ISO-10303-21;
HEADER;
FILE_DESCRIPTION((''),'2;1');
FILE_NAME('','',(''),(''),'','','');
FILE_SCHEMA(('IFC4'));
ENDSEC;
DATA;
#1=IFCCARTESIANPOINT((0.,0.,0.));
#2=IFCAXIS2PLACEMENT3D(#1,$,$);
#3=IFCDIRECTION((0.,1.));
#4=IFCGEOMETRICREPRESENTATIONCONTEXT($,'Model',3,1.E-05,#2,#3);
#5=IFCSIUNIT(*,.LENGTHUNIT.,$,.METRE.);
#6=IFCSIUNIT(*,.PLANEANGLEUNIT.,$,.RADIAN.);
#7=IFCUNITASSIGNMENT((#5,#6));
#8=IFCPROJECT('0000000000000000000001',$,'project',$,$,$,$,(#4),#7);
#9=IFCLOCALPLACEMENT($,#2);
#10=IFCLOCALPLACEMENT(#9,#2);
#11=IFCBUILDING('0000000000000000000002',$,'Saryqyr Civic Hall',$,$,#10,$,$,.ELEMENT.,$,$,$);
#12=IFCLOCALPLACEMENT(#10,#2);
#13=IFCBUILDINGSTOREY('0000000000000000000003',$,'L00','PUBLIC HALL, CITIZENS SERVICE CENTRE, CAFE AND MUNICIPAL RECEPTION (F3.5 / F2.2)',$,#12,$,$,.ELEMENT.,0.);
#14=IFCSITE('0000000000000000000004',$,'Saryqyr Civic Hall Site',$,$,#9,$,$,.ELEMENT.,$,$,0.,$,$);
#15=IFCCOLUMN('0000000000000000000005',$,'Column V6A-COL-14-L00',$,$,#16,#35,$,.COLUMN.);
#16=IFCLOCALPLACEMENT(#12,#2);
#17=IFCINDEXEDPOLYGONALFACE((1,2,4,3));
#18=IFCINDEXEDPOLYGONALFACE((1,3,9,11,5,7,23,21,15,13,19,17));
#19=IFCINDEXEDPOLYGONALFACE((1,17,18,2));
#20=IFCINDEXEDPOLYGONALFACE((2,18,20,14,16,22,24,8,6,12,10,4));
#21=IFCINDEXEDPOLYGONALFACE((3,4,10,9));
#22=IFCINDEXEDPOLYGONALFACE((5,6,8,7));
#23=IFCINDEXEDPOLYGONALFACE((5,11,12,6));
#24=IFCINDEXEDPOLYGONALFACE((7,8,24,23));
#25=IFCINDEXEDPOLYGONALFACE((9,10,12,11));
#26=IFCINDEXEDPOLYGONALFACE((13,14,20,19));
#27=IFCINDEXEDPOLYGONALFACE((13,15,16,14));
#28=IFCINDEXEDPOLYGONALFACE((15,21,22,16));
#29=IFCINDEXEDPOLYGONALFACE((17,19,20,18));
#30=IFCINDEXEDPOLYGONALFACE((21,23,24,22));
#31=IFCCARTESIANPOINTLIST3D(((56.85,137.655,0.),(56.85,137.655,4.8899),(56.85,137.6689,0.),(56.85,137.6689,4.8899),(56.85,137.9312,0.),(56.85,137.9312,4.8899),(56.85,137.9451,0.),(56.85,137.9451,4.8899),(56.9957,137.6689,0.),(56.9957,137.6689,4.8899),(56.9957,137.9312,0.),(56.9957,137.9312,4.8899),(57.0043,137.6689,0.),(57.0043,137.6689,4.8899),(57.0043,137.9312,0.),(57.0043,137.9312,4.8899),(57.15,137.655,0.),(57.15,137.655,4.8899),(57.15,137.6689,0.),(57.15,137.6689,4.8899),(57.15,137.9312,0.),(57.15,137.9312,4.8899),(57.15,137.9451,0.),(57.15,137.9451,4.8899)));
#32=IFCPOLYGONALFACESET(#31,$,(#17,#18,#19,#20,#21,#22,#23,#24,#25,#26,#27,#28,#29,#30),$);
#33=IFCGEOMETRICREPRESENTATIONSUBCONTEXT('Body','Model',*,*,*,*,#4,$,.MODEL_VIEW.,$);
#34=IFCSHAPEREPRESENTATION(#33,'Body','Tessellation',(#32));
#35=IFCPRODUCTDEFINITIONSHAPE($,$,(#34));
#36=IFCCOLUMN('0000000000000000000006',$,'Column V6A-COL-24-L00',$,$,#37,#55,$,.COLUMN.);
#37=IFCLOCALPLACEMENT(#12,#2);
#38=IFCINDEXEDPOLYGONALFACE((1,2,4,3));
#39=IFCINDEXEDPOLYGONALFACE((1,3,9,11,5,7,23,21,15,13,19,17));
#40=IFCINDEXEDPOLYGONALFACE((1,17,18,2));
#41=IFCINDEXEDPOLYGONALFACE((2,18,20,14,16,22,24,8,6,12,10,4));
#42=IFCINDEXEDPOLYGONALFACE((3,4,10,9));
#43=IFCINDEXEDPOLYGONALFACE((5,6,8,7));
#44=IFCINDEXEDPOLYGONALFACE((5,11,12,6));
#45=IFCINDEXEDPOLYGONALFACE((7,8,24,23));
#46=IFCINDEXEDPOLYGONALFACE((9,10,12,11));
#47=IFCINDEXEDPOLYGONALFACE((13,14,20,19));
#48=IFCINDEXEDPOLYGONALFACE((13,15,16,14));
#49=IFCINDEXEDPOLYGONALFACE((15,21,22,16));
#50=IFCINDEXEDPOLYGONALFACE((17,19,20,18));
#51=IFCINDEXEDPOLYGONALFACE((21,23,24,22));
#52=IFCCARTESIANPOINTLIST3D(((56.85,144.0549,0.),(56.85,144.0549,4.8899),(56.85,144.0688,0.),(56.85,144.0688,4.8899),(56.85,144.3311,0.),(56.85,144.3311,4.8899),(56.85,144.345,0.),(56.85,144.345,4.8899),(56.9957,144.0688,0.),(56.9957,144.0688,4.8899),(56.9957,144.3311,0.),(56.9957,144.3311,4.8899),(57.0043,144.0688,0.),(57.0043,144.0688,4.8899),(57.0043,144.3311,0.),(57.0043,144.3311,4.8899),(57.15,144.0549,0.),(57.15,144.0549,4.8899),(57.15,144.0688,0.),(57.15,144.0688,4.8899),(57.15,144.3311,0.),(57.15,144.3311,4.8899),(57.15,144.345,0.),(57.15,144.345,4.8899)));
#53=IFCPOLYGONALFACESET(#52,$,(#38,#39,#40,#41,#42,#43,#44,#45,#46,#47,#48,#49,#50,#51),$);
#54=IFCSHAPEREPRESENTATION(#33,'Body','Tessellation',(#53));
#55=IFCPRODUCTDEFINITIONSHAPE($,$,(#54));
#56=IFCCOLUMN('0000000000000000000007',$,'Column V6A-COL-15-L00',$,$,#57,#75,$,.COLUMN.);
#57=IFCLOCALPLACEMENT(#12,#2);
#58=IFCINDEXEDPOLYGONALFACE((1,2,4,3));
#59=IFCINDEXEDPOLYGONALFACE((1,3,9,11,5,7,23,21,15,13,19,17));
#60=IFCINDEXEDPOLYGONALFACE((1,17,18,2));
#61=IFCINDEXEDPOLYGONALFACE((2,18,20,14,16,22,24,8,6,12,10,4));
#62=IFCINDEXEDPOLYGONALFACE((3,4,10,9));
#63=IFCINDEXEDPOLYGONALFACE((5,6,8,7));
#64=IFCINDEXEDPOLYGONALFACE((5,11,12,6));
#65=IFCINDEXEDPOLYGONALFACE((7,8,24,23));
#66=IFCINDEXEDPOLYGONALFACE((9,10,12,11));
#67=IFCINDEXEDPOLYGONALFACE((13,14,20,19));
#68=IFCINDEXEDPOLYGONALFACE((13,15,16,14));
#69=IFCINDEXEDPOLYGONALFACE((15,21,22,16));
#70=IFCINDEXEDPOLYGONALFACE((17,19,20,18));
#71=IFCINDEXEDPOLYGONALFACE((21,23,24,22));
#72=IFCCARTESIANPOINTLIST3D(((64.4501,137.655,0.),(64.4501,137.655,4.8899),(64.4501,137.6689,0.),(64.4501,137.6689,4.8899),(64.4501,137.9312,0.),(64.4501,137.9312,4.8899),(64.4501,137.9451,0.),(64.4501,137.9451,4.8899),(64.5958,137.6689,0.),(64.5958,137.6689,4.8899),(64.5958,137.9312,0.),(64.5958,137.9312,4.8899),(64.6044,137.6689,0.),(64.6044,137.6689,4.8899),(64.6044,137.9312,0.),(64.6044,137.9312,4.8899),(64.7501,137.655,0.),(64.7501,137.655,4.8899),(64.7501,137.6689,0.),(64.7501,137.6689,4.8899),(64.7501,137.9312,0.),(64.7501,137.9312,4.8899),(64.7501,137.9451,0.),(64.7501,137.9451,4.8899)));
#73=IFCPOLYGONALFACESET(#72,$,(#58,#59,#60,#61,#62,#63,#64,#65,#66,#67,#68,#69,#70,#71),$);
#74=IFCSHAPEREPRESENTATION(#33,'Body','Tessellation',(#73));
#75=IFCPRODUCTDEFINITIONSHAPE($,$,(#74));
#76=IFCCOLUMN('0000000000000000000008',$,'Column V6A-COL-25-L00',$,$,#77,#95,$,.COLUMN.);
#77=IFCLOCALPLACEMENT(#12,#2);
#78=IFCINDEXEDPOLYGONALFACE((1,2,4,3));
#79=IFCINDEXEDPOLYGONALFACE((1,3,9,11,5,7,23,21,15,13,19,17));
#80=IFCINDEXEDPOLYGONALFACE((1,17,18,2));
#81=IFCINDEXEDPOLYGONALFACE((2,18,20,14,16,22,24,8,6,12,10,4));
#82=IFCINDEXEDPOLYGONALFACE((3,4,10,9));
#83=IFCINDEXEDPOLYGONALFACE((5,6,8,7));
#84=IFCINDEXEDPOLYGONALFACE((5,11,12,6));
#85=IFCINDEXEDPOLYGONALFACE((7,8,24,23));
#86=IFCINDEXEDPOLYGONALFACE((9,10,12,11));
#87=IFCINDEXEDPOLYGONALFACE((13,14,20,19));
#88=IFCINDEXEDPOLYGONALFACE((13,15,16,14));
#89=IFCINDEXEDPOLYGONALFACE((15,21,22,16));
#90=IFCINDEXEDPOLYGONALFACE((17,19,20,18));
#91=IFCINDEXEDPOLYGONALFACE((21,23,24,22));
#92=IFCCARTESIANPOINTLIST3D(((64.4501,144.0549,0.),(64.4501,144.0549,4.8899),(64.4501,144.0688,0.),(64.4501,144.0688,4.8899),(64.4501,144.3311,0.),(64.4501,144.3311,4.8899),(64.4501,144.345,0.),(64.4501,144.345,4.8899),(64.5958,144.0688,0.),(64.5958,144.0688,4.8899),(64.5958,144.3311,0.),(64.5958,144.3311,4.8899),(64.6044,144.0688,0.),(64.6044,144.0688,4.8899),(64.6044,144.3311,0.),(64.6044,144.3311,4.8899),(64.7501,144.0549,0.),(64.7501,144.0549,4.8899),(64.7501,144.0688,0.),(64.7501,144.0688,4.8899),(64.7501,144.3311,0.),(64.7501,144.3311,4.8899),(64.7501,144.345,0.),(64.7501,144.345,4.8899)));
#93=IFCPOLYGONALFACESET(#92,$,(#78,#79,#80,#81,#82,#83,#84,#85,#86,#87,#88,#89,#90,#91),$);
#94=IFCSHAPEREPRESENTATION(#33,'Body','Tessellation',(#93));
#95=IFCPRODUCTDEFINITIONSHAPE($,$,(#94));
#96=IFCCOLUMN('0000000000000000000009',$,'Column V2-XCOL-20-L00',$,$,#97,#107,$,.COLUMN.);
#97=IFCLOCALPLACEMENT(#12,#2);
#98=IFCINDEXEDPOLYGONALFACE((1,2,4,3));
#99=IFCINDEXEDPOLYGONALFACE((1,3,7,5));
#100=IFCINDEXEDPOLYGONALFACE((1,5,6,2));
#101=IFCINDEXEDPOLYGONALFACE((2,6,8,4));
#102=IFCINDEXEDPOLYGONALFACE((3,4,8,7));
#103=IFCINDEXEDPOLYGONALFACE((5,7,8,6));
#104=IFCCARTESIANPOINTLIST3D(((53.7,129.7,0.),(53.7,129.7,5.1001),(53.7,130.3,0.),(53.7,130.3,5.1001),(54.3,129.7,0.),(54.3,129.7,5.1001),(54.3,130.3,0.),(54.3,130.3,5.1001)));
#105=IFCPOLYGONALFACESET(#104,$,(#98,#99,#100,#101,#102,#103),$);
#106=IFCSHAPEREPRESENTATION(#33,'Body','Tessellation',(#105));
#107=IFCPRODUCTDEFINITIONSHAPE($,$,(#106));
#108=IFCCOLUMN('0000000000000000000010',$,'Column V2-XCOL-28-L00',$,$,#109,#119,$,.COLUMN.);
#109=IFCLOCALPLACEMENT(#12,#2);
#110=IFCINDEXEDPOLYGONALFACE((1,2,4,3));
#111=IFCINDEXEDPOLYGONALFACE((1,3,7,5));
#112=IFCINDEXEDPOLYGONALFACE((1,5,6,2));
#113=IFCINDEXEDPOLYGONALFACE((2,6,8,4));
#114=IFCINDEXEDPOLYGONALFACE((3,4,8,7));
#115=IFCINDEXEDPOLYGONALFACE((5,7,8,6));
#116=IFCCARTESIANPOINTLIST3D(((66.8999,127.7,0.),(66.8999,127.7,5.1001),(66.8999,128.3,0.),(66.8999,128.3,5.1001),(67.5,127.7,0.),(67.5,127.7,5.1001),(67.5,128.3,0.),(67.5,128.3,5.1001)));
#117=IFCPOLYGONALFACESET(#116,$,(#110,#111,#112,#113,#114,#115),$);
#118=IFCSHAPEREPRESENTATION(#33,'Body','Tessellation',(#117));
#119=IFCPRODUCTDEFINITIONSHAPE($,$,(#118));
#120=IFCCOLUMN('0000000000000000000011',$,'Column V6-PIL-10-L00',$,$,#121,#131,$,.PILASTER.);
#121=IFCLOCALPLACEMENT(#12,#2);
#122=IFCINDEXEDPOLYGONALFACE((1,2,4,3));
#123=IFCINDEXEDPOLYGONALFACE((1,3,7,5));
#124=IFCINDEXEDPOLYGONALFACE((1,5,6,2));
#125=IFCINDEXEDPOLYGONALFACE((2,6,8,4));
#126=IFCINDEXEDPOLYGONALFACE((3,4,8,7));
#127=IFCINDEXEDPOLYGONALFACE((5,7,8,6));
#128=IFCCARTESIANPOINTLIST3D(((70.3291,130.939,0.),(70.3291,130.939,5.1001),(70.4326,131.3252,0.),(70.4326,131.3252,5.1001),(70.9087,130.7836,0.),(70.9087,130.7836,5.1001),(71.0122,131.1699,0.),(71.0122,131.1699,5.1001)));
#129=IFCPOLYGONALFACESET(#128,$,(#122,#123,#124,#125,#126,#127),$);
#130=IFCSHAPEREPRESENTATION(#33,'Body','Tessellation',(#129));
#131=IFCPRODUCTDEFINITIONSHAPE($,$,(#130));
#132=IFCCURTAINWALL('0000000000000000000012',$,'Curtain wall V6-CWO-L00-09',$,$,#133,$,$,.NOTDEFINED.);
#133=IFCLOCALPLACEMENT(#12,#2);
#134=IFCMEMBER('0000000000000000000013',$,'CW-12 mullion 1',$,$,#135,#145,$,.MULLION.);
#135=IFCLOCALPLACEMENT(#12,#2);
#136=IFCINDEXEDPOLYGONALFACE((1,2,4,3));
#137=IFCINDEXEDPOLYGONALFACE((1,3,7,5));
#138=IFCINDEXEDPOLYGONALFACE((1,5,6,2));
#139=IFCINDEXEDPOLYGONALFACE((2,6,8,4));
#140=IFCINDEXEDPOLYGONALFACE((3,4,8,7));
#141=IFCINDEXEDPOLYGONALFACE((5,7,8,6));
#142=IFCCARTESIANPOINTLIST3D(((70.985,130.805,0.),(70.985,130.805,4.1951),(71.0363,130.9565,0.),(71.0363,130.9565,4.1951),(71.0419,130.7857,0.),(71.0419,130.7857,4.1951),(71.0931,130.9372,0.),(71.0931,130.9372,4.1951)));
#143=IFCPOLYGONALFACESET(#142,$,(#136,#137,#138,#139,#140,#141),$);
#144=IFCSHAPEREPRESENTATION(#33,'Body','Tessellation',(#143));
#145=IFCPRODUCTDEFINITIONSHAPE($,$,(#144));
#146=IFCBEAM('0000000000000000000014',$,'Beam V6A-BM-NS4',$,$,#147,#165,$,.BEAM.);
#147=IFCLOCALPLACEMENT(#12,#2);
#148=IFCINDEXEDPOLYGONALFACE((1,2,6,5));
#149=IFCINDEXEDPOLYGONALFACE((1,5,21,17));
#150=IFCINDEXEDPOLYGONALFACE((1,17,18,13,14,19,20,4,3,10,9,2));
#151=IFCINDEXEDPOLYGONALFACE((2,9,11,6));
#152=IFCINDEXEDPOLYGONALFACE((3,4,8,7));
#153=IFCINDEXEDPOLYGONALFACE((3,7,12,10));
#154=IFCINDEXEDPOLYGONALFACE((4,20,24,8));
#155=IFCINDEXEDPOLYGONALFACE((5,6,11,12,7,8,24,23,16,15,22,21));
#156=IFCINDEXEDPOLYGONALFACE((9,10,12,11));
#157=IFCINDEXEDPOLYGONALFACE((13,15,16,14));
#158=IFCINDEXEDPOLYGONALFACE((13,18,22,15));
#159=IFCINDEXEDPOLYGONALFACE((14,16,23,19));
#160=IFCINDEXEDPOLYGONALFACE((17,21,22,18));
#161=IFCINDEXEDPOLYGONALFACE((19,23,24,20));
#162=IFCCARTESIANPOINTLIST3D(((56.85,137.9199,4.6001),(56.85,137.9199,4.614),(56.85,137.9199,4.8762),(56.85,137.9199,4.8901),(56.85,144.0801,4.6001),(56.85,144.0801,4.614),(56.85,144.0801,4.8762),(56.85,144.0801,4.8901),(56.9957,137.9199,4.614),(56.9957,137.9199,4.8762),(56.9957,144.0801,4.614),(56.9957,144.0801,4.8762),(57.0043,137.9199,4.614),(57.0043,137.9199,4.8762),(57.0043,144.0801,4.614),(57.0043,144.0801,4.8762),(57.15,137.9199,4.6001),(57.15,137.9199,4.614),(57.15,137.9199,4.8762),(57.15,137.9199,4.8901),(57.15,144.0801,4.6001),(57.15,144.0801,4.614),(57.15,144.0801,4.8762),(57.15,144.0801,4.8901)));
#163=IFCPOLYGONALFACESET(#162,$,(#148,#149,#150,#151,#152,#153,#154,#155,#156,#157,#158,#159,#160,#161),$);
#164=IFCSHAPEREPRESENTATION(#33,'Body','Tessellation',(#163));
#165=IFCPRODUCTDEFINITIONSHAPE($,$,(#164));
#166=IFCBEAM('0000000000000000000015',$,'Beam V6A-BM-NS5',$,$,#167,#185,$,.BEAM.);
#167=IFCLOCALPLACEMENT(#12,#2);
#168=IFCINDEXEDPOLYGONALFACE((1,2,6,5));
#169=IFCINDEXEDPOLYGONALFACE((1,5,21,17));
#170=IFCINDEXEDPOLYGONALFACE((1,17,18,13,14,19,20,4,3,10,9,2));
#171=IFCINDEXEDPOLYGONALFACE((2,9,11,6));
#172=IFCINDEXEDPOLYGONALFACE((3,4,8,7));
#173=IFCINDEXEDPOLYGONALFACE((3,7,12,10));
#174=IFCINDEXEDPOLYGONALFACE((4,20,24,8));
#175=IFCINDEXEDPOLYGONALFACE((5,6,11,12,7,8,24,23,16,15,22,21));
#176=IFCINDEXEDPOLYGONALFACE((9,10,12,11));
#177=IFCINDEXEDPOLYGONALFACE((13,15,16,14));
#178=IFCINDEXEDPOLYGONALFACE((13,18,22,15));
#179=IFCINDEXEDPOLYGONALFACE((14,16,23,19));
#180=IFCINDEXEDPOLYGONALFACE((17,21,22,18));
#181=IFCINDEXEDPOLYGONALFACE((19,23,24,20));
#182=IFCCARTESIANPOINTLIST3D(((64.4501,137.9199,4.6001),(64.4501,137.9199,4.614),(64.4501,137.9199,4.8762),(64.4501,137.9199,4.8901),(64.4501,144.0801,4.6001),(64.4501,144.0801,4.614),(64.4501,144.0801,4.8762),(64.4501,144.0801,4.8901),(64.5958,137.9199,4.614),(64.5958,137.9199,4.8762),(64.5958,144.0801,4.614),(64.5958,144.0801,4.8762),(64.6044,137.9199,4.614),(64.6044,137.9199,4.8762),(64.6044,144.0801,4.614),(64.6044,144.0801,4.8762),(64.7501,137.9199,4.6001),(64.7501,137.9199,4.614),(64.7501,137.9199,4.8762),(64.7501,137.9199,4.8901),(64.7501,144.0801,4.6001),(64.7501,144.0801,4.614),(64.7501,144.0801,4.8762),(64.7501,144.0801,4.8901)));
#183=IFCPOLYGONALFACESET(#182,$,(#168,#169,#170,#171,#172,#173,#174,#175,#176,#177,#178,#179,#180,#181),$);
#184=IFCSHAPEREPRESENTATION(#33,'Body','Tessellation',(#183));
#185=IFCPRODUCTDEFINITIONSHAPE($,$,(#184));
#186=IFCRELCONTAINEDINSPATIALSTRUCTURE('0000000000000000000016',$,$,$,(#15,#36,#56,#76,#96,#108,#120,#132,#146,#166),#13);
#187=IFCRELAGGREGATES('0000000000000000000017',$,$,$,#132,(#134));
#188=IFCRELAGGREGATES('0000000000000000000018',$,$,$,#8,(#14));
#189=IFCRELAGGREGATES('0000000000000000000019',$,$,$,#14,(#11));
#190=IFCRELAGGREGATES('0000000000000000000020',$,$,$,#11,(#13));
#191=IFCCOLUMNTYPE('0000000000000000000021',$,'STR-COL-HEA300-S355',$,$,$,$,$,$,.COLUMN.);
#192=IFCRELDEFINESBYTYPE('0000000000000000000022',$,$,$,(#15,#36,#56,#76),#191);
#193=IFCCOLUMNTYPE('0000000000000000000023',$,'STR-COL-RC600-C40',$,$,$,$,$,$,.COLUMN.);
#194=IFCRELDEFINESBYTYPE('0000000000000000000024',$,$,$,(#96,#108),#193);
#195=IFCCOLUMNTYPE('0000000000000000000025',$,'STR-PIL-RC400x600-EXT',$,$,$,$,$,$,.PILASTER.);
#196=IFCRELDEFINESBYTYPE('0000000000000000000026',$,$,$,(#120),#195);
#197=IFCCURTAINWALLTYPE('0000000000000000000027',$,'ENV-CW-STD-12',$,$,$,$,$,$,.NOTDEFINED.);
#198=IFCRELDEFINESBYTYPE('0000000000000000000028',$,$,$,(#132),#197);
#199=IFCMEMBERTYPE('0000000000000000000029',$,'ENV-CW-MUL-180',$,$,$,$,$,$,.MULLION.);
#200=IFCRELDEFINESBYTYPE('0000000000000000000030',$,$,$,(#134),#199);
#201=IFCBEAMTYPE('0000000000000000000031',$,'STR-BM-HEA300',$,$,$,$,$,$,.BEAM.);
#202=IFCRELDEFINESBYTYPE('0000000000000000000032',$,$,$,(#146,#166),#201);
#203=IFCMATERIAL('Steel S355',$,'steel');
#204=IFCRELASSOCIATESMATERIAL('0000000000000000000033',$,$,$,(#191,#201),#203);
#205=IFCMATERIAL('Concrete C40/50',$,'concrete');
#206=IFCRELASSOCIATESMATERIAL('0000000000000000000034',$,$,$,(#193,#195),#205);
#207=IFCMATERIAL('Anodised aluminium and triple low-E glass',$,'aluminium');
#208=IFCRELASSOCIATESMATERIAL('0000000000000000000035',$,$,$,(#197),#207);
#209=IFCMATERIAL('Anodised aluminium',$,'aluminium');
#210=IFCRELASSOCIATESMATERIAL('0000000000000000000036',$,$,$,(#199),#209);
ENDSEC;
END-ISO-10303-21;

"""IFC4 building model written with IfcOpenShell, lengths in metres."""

from ifc_helpers import new_model, si_unit, direction, frame, origin, origin_2d, place, context, subcontext, project, spatial, rectangle, i_section, extrude, material, material_profile, profile_set, type_object, element, aggregate, save


model = new_model("IFC4")

# Units and contexts
model_context = context("Model", 3, precision=1e-05, world=origin(), true_north=direction((0.0, 1.0)))
body_context = subcontext(model_context, "Body", "Model", "MODEL_VIEW")
ifc_project = project(units=[si_unit("LENGTHUNIT", "METRE"), si_unit("PLANEANGLEUNIT", "RADIAN")], contexts=[model_context])

# Site, building, storey
site_placement = place(None, origin())
site = spatial("IfcSite", under=ifc_project, at=site_placement, Name="Saryqyr Civic Hall Site", CompositionType="ELEMENT", RefElevation=0.0)
building_placement = place(site_placement, origin())
building = spatial("IfcBuilding", under=site, at=building_placement, Name="Saryqyr Civic Hall", CompositionType="ELEMENT")
storey_placement = place(building_placement, origin())
storey = spatial("IfcBuildingStorey", under=building, at=storey_placement, Name="L00", Description="PUBLIC HALL, CITIZENS SERVICE CENTRE, CAFE AND MUNICIPAL RECEPTION (F3.5 / F2.2)", CompositionType="ELEMENT", Elevation=0.0)

# Columns
ifc_material_1 = material(Name="Steel S355", Category="steel")
ifc_material_profile_1 = material_profile(ifc_material_1, i_section(OverallWidth=0.3, OverallDepth=0.29, WebThickness=0.0085, FlangeThickness=0.0139, at=origin_2d()), Name="HEA 300")
ifc_profile_set_1 = profile_set([ifc_material_profile_1], Name="Steel S355")
column_type_1 = type_object("IfcColumnType", Name="STR-COL-HEA300-S355", PredefinedType="COLUMN", material=ifc_profile_set_1)
for number, where, z_axis, x_axis, name in (
    (1, (57.0, 137.8, 0.0), (0.0, 0.0, 1.0), (1.0, 0.0, 0.0), "Column V6A-COL-14-L00"),
    (2, (57.0, 144.2, 0.0), (0.0, 0.0, 1.0), (1.0, 0.0, 0.0), "Column V6A-COL-24-L00"),
    (3, (64.6001, 137.8, 0.0), (0.0, 0.0, 1.0), (1.0, 0.0, 0.0), "Column V6A-COL-15-L00"),
    (4, (64.6001, 144.2, 0.0), (0.0, 0.0, 1.0), (1.0, 0.0, 0.0), "Column V6A-COL-25-L00"),
):
    element("IfcColumn", number, at=place(storey_placement, frame(where, z_axis=z_axis, x_axis=x_axis)), inside=storey, type_object=column_type_1, Name=name, PredefinedType="COLUMN", context=body_context, shape_type="SweptSolid", body=[
        extrude(i_section(OverallWidth=0.3, OverallDepth=0.29, WebThickness=0.0085, FlangeThickness=0.0139, at=origin_2d()), origin(), (0.0, 0.0, 1.0), 4.8899),
    ])
ifc_material_2 = material(Name="Concrete C40/50", Category="concrete")
ifc_material_profile_2 = material_profile(ifc_material_2, rectangle(XDim=0.6001, YDim=0.6001, at=origin_2d()), Name="RC 600x600")
ifc_profile_set_2 = profile_set([ifc_material_profile_2], Name="Concrete C40/50")
column_type_2 = type_object("IfcColumnType", Name="STR-COL-RC600-C40", PredefinedType="COLUMN", material=ifc_profile_set_2)
for number, where, z_axis, x_axis, name in (
    (5, (54.0, 130.0, 0.0), (0.0, 0.0, 1.0), (1.0, 0.0, 0.0), "Column V2-XCOL-20-L00"),
    (6, (67.2, 128.0, 0.0), (0.0, 0.0, 1.0), (1.0, 0.0, 0.0), "Column V2-XCOL-28-L00"),
):
    element("IfcColumn", number, at=place(storey_placement, frame(where, z_axis=z_axis, x_axis=x_axis)), inside=storey, type_object=column_type_2, Name=name, PredefinedType="COLUMN", context=body_context, shape_type="SweptSolid", body=[
        extrude(rectangle(XDim=0.6001, YDim=0.6001, at=origin_2d()), origin(), (0.0, 0.0, 1.0), 5.1001),
    ])
ifc_material_profile_3 = material_profile(ifc_material_2, rectangle(XDim=0.3999, YDim=0.6001, at=origin_2d()), Name="RC 400x600")
ifc_profile_set_3 = profile_set([ifc_material_profile_3], Name="Concrete C40/50")
column_type_3 = type_object("IfcColumnType", Name="STR-PIL-RC400x600-EXT", PredefinedType="PILASTER", material=ifc_profile_set_3)
column_1_placement = place(storey_placement, frame((70.6707, 131.0544, 0.0), z_axis=(0.0, 0.0, 1.0), x_axis=(0.258819, 0.965926, 0.0)))
element("IfcColumn", 7, at=column_1_placement, inside=storey, type_object=column_type_3, Name="Column V6-PIL-10-L00", PredefinedType="PILASTER", context=body_context, shape_type="SweptSolid", body=[
    extrude(rectangle(XDim=0.3999, YDim=0.6001, at=origin_2d()), origin(), (0.0, 0.0, 1.0), 5.1001),
])

# Curtain wall, member
ifc_material_3 = material(Name="Anodised aluminium and triple low-E glass", Category="aluminium")
curtain_wall_type = type_object("IfcCurtainWallType", Name="ENV-CW-STD-12", PredefinedType="NOTDEFINED", material=ifc_material_3)
curtain_wall_placement = place(storey_placement, origin())
curtain_wall = element("IfcCurtainWall", 8, at=curtain_wall_placement, inside=storey, type_object=curtain_wall_type, Name="Curtain wall V6-CWO-L00-09", PredefinedType="NOTDEFINED")
ifc_material_4 = material(Name="Anodised aluminium", Category="aluminium")
ifc_material_profile_4 = material_profile(ifc_material_4, rectangle(XDim=0.0601, YDim=0.1599, at=origin_2d()), Name="ALU MULLION 60x160")
ifc_profile_set_4 = profile_set([ifc_material_profile_4], Name="Anodised aluminium")
member_type = type_object("IfcMemberType", Name="ENV-CW-MUL-180", PredefinedType="MULLION", material=ifc_profile_set_4)
member_placement = place(storey_placement, frame((71.0391, 130.8711, 0.0), z_axis=(0.0, 0.0, 1.0), x_axis=(0.947191, -0.32067, 0.0)))
member = element("IfcMember", 9, at=member_placement, type_object=member_type, Name="CW-12 mullion 1", PredefinedType="MULLION", context=body_context, shape_type="SweptSolid", body=[
    extrude(rectangle(XDim=0.0601, YDim=0.1599, at=origin_2d()), origin(), (0.0, 0.0, 1.0), 4.1951),
])
aggregate(curtain_wall, [member])

# Beams
ifc_material_profile_5 = material_profile(ifc_material_1, i_section(OverallWidth=0.3, OverallDepth=0.29, WebThickness=0.0085, FlangeThickness=0.0139, at=origin_2d()), Name="HEA 300")
ifc_profile_set_5 = profile_set([ifc_material_profile_5], Name="Steel S355")
beam_type_1 = type_object("IfcBeamType", Name="STR-BM-HEA300", PredefinedType="BEAM", material=ifc_profile_set_5)
for number, where, z_axis, x_axis, name in (
    (10, (57.0, 137.9199, 4.7451), (0.0, 1.0, 0.0), (-1.0, 0.0, 0.0), "Beam V6A-BM-NS4"),
    (11, (64.6001, 137.9199, 4.7451), (0.0, 1.0, 0.0), (-1.0, 0.0, 0.0), "Beam V6A-BM-NS5"),
):
    element("IfcBeam", number, at=place(storey_placement, frame(where, z_axis=z_axis, x_axis=x_axis)), inside=storey, type_object=beam_type_1, Name=name, PredefinedType="BEAM", context=body_context, shape_type="SweptSolid", body=[
        extrude(i_section(OverallWidth=0.3, OverallDepth=0.29, WebThickness=0.0085, FlangeThickness=0.0139, at=origin_2d()), origin(), (0.0, 0.0, 1.0), 6.1602),
    ])

save(model, "model.ifc")
